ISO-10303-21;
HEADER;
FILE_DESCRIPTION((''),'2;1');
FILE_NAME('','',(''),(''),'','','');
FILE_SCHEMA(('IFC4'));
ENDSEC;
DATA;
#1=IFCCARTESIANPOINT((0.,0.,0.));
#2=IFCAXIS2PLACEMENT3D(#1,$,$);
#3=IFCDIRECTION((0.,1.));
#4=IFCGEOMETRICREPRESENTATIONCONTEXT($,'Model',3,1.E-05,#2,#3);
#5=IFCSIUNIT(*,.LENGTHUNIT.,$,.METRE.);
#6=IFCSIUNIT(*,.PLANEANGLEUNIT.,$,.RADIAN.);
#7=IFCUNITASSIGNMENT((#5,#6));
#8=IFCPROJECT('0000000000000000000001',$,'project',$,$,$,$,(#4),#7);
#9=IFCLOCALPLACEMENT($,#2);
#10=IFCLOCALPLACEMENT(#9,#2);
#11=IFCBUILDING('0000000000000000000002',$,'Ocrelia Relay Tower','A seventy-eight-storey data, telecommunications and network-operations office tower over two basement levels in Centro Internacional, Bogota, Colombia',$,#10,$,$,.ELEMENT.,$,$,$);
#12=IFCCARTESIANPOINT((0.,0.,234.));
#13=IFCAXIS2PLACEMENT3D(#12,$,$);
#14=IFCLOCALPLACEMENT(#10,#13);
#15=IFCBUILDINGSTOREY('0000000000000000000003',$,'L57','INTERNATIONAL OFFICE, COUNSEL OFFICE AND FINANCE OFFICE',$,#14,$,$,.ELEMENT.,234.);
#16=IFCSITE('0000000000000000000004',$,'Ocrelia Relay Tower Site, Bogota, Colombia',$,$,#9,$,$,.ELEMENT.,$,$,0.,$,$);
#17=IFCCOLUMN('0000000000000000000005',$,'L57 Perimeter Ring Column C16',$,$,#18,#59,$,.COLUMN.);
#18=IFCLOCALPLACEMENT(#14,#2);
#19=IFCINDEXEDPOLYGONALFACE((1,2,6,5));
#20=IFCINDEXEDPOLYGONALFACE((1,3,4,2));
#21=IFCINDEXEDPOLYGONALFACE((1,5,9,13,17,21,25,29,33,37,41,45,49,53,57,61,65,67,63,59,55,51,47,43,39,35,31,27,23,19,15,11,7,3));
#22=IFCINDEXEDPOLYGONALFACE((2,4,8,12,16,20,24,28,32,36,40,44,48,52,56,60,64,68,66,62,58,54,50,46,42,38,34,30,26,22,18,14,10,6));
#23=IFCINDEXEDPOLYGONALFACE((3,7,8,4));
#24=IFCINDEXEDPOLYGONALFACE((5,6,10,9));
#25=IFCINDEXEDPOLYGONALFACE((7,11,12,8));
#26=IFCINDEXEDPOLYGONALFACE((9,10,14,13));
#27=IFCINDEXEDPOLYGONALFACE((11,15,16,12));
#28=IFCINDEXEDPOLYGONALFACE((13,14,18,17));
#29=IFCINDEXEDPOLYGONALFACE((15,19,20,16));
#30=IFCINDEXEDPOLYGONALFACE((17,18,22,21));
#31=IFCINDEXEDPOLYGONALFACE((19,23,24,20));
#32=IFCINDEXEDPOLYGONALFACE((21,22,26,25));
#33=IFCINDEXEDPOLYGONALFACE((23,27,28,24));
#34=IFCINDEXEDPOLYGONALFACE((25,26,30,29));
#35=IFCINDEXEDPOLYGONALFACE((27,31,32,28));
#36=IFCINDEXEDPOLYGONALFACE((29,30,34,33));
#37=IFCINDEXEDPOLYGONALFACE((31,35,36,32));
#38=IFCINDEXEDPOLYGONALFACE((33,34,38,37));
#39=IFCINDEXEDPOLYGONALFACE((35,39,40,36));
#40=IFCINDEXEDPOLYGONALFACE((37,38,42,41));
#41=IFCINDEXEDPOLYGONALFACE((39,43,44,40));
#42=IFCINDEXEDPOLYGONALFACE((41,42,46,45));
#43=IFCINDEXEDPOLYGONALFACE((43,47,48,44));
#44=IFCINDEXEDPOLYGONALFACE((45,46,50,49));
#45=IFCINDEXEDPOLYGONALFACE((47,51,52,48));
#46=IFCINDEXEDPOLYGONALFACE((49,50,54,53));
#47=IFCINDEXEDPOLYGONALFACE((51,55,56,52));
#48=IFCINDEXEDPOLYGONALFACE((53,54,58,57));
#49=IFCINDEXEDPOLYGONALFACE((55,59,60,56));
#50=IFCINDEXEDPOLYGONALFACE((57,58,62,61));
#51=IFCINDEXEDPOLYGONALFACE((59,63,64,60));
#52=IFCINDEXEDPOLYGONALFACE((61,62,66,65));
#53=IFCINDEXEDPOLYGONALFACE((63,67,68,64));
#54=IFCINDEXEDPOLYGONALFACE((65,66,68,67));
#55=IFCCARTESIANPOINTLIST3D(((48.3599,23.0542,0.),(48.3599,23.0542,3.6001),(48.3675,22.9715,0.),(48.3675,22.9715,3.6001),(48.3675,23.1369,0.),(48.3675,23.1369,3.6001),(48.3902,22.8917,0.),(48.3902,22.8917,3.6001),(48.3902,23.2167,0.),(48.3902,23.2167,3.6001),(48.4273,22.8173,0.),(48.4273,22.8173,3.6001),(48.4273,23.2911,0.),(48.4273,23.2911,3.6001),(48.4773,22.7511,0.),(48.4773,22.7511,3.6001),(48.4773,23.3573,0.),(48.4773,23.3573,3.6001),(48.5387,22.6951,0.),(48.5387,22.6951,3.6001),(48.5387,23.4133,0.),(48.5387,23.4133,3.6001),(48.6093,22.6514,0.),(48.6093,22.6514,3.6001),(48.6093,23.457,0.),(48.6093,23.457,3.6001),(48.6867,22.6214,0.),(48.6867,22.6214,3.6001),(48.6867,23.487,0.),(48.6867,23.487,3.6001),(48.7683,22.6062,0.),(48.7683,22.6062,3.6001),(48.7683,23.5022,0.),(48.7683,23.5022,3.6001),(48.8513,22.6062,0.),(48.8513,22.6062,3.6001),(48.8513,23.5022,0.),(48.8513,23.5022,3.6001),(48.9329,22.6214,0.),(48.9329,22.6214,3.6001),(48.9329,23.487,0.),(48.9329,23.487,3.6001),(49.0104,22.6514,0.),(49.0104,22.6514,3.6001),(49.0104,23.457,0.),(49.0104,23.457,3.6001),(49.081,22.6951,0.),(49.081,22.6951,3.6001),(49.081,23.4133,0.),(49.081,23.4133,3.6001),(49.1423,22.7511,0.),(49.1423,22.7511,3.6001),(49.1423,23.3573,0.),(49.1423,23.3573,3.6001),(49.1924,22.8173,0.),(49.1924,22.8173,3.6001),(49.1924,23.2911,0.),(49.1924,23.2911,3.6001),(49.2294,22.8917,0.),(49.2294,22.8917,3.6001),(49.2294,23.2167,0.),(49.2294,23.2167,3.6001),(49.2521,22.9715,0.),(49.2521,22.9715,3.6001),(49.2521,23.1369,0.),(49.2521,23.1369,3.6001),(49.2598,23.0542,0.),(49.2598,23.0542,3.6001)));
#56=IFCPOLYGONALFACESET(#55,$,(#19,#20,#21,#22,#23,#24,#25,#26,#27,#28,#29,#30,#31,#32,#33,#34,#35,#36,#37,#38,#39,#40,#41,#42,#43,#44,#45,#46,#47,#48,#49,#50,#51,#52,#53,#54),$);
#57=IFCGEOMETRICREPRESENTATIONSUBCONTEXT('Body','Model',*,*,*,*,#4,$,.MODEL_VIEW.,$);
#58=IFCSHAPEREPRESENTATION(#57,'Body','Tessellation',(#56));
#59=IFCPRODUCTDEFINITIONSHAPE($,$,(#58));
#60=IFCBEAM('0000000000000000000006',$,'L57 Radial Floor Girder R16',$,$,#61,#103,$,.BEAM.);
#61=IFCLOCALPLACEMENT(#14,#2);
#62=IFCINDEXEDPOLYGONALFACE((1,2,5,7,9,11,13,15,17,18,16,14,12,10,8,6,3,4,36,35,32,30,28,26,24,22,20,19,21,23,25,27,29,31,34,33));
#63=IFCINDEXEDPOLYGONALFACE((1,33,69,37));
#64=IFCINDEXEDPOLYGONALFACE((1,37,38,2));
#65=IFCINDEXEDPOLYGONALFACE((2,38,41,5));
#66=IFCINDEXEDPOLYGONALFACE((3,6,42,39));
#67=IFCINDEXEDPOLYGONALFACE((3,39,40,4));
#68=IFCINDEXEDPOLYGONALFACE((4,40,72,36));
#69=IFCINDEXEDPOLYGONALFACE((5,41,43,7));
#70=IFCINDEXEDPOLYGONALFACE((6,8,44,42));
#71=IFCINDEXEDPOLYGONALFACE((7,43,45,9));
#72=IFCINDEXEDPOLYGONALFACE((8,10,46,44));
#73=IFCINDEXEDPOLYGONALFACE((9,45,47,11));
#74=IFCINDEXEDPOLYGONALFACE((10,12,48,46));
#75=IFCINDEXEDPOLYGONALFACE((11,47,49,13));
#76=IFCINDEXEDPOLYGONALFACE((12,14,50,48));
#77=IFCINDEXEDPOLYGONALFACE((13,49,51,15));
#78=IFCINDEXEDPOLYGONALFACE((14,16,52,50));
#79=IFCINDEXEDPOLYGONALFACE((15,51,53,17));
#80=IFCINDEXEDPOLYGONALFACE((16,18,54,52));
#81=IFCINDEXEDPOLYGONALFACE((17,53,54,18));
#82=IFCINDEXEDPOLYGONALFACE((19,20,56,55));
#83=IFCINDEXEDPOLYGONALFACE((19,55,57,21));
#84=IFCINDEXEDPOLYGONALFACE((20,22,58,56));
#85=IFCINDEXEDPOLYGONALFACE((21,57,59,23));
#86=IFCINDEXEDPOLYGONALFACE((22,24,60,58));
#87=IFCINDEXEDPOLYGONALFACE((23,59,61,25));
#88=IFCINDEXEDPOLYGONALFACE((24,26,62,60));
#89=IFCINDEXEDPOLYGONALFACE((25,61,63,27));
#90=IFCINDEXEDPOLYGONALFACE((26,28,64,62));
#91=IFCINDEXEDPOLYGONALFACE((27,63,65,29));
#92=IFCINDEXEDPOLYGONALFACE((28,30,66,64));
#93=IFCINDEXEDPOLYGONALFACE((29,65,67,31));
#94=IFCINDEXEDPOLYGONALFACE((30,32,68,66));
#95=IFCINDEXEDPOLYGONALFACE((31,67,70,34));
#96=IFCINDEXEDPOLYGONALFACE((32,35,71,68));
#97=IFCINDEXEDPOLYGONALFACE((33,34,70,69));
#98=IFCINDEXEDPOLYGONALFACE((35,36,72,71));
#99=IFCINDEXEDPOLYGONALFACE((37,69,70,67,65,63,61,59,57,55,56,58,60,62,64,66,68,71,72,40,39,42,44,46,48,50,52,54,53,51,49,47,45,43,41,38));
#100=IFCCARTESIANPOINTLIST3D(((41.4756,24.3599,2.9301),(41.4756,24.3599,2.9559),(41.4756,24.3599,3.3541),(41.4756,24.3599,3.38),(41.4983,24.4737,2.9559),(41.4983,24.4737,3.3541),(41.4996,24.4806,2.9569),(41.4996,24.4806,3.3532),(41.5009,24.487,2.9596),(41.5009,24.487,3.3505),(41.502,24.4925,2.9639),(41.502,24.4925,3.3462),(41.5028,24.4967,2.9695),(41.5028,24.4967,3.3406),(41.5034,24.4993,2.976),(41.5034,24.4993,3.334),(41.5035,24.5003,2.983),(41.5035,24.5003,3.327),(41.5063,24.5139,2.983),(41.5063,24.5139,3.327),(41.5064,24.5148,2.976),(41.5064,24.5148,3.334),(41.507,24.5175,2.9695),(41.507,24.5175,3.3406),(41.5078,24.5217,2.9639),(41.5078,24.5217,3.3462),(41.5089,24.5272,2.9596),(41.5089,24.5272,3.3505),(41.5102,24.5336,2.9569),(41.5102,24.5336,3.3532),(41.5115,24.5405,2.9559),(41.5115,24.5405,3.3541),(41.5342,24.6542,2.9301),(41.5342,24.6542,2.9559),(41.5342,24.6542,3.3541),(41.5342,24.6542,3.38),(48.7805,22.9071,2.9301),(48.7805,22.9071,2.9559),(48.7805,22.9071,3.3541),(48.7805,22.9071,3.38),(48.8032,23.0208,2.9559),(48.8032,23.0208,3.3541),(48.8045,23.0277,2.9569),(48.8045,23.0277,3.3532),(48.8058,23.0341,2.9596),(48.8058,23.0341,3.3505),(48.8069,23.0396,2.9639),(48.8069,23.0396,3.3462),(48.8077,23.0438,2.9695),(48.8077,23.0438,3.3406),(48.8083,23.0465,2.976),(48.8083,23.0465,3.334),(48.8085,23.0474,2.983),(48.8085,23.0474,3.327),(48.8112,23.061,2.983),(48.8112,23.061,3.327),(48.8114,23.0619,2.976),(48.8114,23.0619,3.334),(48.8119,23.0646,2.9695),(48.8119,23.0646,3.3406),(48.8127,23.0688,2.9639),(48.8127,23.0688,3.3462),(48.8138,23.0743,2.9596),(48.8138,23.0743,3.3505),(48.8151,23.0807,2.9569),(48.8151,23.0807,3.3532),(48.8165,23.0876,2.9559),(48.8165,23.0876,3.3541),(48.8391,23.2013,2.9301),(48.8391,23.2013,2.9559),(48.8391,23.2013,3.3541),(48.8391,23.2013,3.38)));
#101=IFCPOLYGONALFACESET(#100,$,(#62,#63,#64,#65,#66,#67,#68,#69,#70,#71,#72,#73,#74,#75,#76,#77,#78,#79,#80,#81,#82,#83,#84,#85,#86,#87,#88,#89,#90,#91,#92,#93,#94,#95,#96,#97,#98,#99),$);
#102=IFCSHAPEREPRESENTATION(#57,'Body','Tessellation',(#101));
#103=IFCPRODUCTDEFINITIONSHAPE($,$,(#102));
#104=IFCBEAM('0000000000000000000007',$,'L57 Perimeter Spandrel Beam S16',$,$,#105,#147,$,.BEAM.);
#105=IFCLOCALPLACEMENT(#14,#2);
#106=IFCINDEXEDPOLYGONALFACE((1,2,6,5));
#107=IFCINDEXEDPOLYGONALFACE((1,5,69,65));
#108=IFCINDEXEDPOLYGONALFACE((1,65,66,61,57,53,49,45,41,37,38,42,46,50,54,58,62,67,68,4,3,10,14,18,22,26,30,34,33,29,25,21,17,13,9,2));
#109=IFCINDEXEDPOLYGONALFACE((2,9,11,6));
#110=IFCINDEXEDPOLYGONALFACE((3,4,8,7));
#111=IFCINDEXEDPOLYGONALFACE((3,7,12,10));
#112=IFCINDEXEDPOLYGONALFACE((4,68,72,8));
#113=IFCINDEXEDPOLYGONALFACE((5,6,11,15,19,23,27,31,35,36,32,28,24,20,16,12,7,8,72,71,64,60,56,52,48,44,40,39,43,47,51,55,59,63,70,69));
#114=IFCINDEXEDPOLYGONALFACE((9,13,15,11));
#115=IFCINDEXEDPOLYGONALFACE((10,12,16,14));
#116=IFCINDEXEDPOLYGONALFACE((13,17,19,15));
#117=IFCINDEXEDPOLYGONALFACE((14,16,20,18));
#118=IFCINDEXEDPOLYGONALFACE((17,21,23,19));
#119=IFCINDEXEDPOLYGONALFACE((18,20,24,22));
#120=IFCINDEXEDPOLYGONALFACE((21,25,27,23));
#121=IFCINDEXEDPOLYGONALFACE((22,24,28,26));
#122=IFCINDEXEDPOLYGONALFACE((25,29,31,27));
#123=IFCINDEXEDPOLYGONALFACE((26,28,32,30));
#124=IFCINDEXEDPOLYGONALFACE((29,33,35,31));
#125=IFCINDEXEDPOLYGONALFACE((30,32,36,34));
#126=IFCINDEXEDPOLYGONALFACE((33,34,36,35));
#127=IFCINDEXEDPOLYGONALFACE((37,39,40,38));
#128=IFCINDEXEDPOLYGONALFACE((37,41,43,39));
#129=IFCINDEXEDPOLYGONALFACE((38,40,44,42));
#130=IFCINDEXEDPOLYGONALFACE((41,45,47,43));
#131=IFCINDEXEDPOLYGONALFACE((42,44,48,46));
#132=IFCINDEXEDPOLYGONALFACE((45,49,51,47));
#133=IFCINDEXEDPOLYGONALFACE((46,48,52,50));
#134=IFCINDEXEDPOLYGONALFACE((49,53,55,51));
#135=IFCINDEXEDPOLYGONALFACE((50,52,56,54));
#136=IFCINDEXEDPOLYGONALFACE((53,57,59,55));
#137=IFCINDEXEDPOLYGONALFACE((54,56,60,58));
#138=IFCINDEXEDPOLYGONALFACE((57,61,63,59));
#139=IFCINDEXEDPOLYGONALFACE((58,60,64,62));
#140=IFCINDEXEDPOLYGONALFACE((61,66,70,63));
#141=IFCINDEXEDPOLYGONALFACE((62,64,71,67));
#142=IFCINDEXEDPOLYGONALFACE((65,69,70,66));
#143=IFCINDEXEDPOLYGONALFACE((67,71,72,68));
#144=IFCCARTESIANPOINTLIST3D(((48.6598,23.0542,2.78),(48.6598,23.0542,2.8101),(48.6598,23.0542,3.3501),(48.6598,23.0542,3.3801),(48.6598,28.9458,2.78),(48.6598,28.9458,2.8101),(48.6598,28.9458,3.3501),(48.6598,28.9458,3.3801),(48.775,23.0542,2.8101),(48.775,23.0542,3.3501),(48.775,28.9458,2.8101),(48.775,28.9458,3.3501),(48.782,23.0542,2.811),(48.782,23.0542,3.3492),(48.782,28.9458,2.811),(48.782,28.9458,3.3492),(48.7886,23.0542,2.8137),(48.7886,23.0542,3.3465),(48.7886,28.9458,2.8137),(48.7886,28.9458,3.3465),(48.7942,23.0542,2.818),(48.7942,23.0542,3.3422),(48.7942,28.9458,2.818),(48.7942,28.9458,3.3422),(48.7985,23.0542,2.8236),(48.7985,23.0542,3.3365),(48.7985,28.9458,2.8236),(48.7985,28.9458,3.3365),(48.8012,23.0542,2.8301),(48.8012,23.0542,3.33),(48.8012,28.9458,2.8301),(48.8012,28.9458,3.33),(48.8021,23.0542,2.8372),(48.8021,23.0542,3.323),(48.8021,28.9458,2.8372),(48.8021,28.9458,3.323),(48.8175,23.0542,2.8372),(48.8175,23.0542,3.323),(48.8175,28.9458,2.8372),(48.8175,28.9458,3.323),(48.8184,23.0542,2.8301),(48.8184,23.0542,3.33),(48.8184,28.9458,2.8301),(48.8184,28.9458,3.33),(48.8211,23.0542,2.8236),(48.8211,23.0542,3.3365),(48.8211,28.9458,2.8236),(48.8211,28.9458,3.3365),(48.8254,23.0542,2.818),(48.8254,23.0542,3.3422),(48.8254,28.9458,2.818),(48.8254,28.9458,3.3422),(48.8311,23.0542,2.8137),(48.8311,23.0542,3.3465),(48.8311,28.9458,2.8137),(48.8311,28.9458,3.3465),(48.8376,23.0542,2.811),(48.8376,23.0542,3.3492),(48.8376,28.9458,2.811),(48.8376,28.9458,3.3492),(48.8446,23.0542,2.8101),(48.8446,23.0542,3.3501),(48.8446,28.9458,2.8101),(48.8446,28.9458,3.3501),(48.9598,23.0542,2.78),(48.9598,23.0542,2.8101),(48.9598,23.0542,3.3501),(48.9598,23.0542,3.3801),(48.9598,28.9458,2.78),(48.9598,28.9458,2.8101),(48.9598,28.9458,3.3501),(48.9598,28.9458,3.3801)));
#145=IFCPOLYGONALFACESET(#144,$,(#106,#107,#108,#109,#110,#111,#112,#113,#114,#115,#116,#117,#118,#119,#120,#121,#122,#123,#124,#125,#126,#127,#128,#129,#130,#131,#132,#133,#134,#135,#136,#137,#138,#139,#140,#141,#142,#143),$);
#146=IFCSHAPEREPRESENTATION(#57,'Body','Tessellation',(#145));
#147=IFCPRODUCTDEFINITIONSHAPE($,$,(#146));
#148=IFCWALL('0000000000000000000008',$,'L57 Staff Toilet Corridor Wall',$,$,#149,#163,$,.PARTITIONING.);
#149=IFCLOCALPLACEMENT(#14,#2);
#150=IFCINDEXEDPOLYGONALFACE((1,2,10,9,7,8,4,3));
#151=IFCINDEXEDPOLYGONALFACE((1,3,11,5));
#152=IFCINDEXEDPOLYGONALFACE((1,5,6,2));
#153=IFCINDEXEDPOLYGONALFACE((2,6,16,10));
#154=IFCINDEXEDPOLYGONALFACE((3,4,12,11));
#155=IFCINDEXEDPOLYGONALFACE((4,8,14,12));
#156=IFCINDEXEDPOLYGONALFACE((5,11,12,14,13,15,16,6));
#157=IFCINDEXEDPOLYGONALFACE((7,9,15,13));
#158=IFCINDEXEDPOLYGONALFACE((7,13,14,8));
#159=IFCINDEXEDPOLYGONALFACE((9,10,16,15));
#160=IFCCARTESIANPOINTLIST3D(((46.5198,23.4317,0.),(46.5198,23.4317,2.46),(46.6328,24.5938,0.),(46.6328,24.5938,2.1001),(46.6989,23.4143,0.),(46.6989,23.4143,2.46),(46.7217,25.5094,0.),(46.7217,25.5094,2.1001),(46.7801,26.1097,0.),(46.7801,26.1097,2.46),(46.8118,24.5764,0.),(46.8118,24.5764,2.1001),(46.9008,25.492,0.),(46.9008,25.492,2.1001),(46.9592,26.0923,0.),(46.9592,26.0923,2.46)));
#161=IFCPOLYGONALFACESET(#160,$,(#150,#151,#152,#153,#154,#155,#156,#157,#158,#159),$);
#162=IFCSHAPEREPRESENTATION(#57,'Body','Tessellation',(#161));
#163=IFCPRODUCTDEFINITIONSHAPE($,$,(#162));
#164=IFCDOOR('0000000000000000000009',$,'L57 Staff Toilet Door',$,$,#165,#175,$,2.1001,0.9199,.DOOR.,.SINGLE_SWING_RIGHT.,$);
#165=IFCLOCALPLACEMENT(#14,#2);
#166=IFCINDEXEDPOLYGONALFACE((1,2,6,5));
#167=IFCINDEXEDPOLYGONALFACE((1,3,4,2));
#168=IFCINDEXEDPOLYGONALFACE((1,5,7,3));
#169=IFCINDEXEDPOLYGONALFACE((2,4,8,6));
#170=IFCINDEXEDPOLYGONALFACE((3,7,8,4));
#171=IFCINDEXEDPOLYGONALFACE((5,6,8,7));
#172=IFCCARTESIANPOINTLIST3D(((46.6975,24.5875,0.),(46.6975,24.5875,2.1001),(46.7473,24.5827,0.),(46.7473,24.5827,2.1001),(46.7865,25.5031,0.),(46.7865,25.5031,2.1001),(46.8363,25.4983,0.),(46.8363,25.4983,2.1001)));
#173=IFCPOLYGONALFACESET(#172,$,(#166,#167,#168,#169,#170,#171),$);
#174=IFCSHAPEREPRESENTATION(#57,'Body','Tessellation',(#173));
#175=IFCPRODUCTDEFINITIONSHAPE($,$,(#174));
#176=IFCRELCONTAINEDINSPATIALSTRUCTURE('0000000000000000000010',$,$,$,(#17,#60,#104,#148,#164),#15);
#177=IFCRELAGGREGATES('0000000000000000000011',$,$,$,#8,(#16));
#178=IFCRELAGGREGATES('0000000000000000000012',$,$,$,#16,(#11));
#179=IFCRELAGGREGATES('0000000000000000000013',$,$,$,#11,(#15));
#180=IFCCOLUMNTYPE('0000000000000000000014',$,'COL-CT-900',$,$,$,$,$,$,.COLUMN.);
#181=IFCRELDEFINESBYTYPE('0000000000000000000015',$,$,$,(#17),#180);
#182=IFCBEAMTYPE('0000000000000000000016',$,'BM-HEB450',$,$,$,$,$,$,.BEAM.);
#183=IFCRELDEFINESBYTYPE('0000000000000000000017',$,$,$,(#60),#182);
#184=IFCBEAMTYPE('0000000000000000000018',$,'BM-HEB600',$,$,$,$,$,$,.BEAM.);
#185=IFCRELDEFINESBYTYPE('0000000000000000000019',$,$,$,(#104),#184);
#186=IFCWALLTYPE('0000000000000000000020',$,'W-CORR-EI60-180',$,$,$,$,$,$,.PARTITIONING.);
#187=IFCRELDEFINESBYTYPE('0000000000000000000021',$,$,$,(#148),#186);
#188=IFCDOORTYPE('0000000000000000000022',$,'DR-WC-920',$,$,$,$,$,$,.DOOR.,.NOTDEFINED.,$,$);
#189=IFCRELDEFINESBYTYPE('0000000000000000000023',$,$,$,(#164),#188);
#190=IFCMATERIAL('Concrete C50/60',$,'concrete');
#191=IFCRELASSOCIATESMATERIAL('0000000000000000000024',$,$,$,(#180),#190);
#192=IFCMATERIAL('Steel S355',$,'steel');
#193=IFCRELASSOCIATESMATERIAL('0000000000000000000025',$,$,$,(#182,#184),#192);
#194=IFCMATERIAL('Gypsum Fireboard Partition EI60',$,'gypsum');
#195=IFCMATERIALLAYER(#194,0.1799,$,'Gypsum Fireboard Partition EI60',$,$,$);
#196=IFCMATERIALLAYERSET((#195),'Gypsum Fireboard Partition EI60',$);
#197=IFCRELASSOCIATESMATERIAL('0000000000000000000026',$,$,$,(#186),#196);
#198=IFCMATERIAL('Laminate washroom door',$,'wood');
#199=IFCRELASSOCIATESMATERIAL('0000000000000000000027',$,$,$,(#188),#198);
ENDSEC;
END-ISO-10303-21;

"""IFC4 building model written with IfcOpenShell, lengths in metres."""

from ifc_helpers import new_model, si_unit, direction, frame, frame_2d, origin, origin_2d, place, context, subcontext, project, spatial, rectangle, circle, i_section, extrude, material, layer, layer_set, material_profile, profile_set, type_object, element, fill, save


model = new_model("IFC4")

# Units and contexts
model_context = context("Model", 3, precision=1e-05, world=origin(), true_north=direction((0.0, 1.0)))
body_context = subcontext(model_context, "Body", "Model", "MODEL_VIEW")
ifc_project = project(units=[si_unit("LENGTHUNIT", "METRE"), si_unit("PLANEANGLEUNIT", "RADIAN")], contexts=[model_context])

# Site, building, storey
site_placement = place(None, origin())
site = spatial("IfcSite", under=ifc_project, at=site_placement, Name="Ocrelia Relay Tower Site, Bogota, Colombia", CompositionType="ELEMENT", RefElevation=0.0)
building_placement = place(site_placement, origin())
building = spatial("IfcBuilding", under=site, at=building_placement, Name="Ocrelia Relay Tower", Description="A seventy-eight-storey data, telecommunications and network-operations office tower over two basement levels in Centro Internacional, Bogota, Colombia", CompositionType="ELEMENT")
storey_placement = place(building_placement, frame((0.0, 0.0, 234.0)))
storey = spatial("IfcBuildingStorey", under=building, at=storey_placement, Name="L57", Description="INTERNATIONAL OFFICE, COUNSEL OFFICE AND FINANCE OFFICE", CompositionType="ELEMENT", Elevation=234.0)

# Column
ifc_material_1 = material(Name="Concrete C50/60", Category="concrete")
ifc_material_profile_1 = material_profile(ifc_material_1, circle(Radius=0.45, at=origin_2d()), Name="RC-CIR-900")
ifc_profile_set_1 = profile_set([ifc_material_profile_1], Name="Concrete C50/60")
column_type = type_object("IfcColumnType", Name="COL-CT-900", PredefinedType="COLUMN", material=ifc_profile_set_1)
column_placement = place(storey_placement, frame((48.8098, 23.0542, 0.0), z_axis=(0.0, 0.0, 1.0), x_axis=(1.0, 0.0, 0.0)))
element("IfcColumn", 1, at=column_placement, inside=storey, type_object=column_type, Name="L57 Perimeter Ring Column C16", PredefinedType="COLUMN", context=body_context, shape_type="SweptSolid", body=[
    extrude(circle(Radius=0.45, at=origin_2d()), origin(), (0.0, 0.0, 1.0), 3.6001),
])

# Beams
ifc_material_2 = material(Name="Steel S355", Category="steel")
ifc_material_profile_2 = material_profile(ifc_material_2, i_section(OverallWidth=0.3, OverallDepth=0.45, WebThickness=0.0139, FlangeThickness=0.0259, FilletRadius=0.0271, at=origin_2d()), Name="HEB 450")
ifc_profile_set_2 = profile_set([ifc_material_profile_2], Name="Steel S355")
beam_type_1 = type_object("IfcBeamType", Name="BM-HEB450", PredefinedType="BEAM", material=ifc_profile_set_2)
beam_1_placement = place(storey_placement, frame((48.8098, 23.0542, 3.155), z_axis=(-0.980789, 0.19507, 0.0), x_axis=(-0.19507, -0.980789, 0.0)))
element("IfcBeam", 2, at=beam_1_placement, inside=storey, type_object=beam_type_1, Name="L57 Radial Floor Girder R16", PredefinedType="BEAM", context=body_context, shape_type="SweptSolid", body=[
    extrude(i_section(OverallWidth=0.3, OverallDepth=0.45, WebThickness=0.0139, FlangeThickness=0.0259, FilletRadius=0.0271, at=origin_2d()), origin(), (0.0, 0.0, 1.0), 7.448),
])
ifc_material_profile_3 = material_profile(ifc_material_2, i_section(OverallWidth=0.3, OverallDepth=0.6001, WebThickness=0.0154, FlangeThickness=0.03, FilletRadius=0.0271, at=origin_2d()), Name="HEB 600")
ifc_profile_set_3 = profile_set([ifc_material_profile_3], Name="Steel S355")
beam_type_2 = type_object("IfcBeamType", Name="BM-HEB600", PredefinedType="BEAM", material=ifc_profile_set_3)
beam_2_placement = place(storey_placement, frame((48.8098, 23.0542, 3.0801), z_axis=(0.0, 1.0, 0.0), x_axis=(-1.0, 0.0, 0.0)))
element("IfcBeam", 3, at=beam_2_placement, inside=storey, type_object=beam_type_2, Name="L57 Perimeter Spandrel Beam S16", PredefinedType="BEAM", context=body_context, shape_type="SweptSolid", body=[
    extrude(i_section(OverallWidth=0.3, OverallDepth=0.6001, WebThickness=0.0154, FlangeThickness=0.03, FilletRadius=0.0271, at=origin_2d()), origin(), (0.0, 0.0, 1.0), 5.8916),
])

# Wall, opening, door
ifc_material_3 = material(Name="Gypsum Fireboard Partition EI60", Category="gypsum")
ifc_layer_1 = layer(ifc_material_3, 0.1799, Name="Gypsum Fireboard Partition EI60")
ifc_layer_set_1 = layer_set([ifc_layer_1], Name="Gypsum Fireboard Partition EI60")
wall_type_1 = type_object("IfcWallType", Name="W-CORR-EI60-180", PredefinedType="PARTITIONING", material=ifc_layer_set_1)
wall_1_placement = place(storey_placement, frame((46.6094, 23.4231, 0.0), z_axis=(0.0, 0.0, 1.0), x_axis=(0.096727, 0.995311, 0.0)))
wall_1 = element("IfcWall", 4, at=wall_1_placement, inside=storey, type_object=wall_type_1, Name="L57 Staff Toilet Corridor Wall", PredefinedType="PARTITIONING", context=body_context, shape_type="SweptSolid", body=[
    extrude(rectangle(XDim=2.6907, YDim=0.1799, at=frame_2d((1.3452, 0.0))), origin(), (0.0, 0.0, 1.0), 2.46),
])
opening_1_placement = place(wall_1_placement, frame((1.1675, 0.0, 0.0)))
opening_1 = element("IfcOpeningElement", 5, at=opening_1_placement, cuts=wall_1, PredefinedType="OPENING", context=body_context, shape_type="SweptSolid", body=[
    extrude(rectangle(XDim=0.9199, YDim=2.1001, at=frame_2d((0.46, 1.05))), frame((0.0, 0.1001, 0.0), z_axis=(0.0, -1.0, 0.0), x_axis=(1.0, 0.0, 0.0)), (0.0, 0.0, 1.0), 0.2),
])
ifc_material_4 = material(Name="Laminate washroom door", Category="wood")
door_type = type_object("IfcDoorType", Name="DR-WC-920", OperationType="NOTDEFINED", PredefinedType="DOOR", material=ifc_material_4)
door_1_placement = place(opening_1_placement, origin())
door_1 = element("IfcDoor", 6, at=door_1_placement, inside=storey, type_object=door_type, Name="L57 Staff Toilet Door", OperationType="SINGLE_SWING_RIGHT", OverallHeight=2.1001, OverallWidth=0.9199, PredefinedType="DOOR", context=body_context, shape_type="SweptSolid", body=[
    extrude(rectangle(XDim=0.9199, YDim=2.1001, at=frame_2d((0.46, 1.05))), frame((0.0, 0.0249, 0.0), z_axis=(0.0, -1.0, 0.0), x_axis=(1.0, 0.0, 0.0)), (0.0, 0.0, 1.0), 0.05),
])
fill(opening_1, door_1)

save(model, "model.ifc")
